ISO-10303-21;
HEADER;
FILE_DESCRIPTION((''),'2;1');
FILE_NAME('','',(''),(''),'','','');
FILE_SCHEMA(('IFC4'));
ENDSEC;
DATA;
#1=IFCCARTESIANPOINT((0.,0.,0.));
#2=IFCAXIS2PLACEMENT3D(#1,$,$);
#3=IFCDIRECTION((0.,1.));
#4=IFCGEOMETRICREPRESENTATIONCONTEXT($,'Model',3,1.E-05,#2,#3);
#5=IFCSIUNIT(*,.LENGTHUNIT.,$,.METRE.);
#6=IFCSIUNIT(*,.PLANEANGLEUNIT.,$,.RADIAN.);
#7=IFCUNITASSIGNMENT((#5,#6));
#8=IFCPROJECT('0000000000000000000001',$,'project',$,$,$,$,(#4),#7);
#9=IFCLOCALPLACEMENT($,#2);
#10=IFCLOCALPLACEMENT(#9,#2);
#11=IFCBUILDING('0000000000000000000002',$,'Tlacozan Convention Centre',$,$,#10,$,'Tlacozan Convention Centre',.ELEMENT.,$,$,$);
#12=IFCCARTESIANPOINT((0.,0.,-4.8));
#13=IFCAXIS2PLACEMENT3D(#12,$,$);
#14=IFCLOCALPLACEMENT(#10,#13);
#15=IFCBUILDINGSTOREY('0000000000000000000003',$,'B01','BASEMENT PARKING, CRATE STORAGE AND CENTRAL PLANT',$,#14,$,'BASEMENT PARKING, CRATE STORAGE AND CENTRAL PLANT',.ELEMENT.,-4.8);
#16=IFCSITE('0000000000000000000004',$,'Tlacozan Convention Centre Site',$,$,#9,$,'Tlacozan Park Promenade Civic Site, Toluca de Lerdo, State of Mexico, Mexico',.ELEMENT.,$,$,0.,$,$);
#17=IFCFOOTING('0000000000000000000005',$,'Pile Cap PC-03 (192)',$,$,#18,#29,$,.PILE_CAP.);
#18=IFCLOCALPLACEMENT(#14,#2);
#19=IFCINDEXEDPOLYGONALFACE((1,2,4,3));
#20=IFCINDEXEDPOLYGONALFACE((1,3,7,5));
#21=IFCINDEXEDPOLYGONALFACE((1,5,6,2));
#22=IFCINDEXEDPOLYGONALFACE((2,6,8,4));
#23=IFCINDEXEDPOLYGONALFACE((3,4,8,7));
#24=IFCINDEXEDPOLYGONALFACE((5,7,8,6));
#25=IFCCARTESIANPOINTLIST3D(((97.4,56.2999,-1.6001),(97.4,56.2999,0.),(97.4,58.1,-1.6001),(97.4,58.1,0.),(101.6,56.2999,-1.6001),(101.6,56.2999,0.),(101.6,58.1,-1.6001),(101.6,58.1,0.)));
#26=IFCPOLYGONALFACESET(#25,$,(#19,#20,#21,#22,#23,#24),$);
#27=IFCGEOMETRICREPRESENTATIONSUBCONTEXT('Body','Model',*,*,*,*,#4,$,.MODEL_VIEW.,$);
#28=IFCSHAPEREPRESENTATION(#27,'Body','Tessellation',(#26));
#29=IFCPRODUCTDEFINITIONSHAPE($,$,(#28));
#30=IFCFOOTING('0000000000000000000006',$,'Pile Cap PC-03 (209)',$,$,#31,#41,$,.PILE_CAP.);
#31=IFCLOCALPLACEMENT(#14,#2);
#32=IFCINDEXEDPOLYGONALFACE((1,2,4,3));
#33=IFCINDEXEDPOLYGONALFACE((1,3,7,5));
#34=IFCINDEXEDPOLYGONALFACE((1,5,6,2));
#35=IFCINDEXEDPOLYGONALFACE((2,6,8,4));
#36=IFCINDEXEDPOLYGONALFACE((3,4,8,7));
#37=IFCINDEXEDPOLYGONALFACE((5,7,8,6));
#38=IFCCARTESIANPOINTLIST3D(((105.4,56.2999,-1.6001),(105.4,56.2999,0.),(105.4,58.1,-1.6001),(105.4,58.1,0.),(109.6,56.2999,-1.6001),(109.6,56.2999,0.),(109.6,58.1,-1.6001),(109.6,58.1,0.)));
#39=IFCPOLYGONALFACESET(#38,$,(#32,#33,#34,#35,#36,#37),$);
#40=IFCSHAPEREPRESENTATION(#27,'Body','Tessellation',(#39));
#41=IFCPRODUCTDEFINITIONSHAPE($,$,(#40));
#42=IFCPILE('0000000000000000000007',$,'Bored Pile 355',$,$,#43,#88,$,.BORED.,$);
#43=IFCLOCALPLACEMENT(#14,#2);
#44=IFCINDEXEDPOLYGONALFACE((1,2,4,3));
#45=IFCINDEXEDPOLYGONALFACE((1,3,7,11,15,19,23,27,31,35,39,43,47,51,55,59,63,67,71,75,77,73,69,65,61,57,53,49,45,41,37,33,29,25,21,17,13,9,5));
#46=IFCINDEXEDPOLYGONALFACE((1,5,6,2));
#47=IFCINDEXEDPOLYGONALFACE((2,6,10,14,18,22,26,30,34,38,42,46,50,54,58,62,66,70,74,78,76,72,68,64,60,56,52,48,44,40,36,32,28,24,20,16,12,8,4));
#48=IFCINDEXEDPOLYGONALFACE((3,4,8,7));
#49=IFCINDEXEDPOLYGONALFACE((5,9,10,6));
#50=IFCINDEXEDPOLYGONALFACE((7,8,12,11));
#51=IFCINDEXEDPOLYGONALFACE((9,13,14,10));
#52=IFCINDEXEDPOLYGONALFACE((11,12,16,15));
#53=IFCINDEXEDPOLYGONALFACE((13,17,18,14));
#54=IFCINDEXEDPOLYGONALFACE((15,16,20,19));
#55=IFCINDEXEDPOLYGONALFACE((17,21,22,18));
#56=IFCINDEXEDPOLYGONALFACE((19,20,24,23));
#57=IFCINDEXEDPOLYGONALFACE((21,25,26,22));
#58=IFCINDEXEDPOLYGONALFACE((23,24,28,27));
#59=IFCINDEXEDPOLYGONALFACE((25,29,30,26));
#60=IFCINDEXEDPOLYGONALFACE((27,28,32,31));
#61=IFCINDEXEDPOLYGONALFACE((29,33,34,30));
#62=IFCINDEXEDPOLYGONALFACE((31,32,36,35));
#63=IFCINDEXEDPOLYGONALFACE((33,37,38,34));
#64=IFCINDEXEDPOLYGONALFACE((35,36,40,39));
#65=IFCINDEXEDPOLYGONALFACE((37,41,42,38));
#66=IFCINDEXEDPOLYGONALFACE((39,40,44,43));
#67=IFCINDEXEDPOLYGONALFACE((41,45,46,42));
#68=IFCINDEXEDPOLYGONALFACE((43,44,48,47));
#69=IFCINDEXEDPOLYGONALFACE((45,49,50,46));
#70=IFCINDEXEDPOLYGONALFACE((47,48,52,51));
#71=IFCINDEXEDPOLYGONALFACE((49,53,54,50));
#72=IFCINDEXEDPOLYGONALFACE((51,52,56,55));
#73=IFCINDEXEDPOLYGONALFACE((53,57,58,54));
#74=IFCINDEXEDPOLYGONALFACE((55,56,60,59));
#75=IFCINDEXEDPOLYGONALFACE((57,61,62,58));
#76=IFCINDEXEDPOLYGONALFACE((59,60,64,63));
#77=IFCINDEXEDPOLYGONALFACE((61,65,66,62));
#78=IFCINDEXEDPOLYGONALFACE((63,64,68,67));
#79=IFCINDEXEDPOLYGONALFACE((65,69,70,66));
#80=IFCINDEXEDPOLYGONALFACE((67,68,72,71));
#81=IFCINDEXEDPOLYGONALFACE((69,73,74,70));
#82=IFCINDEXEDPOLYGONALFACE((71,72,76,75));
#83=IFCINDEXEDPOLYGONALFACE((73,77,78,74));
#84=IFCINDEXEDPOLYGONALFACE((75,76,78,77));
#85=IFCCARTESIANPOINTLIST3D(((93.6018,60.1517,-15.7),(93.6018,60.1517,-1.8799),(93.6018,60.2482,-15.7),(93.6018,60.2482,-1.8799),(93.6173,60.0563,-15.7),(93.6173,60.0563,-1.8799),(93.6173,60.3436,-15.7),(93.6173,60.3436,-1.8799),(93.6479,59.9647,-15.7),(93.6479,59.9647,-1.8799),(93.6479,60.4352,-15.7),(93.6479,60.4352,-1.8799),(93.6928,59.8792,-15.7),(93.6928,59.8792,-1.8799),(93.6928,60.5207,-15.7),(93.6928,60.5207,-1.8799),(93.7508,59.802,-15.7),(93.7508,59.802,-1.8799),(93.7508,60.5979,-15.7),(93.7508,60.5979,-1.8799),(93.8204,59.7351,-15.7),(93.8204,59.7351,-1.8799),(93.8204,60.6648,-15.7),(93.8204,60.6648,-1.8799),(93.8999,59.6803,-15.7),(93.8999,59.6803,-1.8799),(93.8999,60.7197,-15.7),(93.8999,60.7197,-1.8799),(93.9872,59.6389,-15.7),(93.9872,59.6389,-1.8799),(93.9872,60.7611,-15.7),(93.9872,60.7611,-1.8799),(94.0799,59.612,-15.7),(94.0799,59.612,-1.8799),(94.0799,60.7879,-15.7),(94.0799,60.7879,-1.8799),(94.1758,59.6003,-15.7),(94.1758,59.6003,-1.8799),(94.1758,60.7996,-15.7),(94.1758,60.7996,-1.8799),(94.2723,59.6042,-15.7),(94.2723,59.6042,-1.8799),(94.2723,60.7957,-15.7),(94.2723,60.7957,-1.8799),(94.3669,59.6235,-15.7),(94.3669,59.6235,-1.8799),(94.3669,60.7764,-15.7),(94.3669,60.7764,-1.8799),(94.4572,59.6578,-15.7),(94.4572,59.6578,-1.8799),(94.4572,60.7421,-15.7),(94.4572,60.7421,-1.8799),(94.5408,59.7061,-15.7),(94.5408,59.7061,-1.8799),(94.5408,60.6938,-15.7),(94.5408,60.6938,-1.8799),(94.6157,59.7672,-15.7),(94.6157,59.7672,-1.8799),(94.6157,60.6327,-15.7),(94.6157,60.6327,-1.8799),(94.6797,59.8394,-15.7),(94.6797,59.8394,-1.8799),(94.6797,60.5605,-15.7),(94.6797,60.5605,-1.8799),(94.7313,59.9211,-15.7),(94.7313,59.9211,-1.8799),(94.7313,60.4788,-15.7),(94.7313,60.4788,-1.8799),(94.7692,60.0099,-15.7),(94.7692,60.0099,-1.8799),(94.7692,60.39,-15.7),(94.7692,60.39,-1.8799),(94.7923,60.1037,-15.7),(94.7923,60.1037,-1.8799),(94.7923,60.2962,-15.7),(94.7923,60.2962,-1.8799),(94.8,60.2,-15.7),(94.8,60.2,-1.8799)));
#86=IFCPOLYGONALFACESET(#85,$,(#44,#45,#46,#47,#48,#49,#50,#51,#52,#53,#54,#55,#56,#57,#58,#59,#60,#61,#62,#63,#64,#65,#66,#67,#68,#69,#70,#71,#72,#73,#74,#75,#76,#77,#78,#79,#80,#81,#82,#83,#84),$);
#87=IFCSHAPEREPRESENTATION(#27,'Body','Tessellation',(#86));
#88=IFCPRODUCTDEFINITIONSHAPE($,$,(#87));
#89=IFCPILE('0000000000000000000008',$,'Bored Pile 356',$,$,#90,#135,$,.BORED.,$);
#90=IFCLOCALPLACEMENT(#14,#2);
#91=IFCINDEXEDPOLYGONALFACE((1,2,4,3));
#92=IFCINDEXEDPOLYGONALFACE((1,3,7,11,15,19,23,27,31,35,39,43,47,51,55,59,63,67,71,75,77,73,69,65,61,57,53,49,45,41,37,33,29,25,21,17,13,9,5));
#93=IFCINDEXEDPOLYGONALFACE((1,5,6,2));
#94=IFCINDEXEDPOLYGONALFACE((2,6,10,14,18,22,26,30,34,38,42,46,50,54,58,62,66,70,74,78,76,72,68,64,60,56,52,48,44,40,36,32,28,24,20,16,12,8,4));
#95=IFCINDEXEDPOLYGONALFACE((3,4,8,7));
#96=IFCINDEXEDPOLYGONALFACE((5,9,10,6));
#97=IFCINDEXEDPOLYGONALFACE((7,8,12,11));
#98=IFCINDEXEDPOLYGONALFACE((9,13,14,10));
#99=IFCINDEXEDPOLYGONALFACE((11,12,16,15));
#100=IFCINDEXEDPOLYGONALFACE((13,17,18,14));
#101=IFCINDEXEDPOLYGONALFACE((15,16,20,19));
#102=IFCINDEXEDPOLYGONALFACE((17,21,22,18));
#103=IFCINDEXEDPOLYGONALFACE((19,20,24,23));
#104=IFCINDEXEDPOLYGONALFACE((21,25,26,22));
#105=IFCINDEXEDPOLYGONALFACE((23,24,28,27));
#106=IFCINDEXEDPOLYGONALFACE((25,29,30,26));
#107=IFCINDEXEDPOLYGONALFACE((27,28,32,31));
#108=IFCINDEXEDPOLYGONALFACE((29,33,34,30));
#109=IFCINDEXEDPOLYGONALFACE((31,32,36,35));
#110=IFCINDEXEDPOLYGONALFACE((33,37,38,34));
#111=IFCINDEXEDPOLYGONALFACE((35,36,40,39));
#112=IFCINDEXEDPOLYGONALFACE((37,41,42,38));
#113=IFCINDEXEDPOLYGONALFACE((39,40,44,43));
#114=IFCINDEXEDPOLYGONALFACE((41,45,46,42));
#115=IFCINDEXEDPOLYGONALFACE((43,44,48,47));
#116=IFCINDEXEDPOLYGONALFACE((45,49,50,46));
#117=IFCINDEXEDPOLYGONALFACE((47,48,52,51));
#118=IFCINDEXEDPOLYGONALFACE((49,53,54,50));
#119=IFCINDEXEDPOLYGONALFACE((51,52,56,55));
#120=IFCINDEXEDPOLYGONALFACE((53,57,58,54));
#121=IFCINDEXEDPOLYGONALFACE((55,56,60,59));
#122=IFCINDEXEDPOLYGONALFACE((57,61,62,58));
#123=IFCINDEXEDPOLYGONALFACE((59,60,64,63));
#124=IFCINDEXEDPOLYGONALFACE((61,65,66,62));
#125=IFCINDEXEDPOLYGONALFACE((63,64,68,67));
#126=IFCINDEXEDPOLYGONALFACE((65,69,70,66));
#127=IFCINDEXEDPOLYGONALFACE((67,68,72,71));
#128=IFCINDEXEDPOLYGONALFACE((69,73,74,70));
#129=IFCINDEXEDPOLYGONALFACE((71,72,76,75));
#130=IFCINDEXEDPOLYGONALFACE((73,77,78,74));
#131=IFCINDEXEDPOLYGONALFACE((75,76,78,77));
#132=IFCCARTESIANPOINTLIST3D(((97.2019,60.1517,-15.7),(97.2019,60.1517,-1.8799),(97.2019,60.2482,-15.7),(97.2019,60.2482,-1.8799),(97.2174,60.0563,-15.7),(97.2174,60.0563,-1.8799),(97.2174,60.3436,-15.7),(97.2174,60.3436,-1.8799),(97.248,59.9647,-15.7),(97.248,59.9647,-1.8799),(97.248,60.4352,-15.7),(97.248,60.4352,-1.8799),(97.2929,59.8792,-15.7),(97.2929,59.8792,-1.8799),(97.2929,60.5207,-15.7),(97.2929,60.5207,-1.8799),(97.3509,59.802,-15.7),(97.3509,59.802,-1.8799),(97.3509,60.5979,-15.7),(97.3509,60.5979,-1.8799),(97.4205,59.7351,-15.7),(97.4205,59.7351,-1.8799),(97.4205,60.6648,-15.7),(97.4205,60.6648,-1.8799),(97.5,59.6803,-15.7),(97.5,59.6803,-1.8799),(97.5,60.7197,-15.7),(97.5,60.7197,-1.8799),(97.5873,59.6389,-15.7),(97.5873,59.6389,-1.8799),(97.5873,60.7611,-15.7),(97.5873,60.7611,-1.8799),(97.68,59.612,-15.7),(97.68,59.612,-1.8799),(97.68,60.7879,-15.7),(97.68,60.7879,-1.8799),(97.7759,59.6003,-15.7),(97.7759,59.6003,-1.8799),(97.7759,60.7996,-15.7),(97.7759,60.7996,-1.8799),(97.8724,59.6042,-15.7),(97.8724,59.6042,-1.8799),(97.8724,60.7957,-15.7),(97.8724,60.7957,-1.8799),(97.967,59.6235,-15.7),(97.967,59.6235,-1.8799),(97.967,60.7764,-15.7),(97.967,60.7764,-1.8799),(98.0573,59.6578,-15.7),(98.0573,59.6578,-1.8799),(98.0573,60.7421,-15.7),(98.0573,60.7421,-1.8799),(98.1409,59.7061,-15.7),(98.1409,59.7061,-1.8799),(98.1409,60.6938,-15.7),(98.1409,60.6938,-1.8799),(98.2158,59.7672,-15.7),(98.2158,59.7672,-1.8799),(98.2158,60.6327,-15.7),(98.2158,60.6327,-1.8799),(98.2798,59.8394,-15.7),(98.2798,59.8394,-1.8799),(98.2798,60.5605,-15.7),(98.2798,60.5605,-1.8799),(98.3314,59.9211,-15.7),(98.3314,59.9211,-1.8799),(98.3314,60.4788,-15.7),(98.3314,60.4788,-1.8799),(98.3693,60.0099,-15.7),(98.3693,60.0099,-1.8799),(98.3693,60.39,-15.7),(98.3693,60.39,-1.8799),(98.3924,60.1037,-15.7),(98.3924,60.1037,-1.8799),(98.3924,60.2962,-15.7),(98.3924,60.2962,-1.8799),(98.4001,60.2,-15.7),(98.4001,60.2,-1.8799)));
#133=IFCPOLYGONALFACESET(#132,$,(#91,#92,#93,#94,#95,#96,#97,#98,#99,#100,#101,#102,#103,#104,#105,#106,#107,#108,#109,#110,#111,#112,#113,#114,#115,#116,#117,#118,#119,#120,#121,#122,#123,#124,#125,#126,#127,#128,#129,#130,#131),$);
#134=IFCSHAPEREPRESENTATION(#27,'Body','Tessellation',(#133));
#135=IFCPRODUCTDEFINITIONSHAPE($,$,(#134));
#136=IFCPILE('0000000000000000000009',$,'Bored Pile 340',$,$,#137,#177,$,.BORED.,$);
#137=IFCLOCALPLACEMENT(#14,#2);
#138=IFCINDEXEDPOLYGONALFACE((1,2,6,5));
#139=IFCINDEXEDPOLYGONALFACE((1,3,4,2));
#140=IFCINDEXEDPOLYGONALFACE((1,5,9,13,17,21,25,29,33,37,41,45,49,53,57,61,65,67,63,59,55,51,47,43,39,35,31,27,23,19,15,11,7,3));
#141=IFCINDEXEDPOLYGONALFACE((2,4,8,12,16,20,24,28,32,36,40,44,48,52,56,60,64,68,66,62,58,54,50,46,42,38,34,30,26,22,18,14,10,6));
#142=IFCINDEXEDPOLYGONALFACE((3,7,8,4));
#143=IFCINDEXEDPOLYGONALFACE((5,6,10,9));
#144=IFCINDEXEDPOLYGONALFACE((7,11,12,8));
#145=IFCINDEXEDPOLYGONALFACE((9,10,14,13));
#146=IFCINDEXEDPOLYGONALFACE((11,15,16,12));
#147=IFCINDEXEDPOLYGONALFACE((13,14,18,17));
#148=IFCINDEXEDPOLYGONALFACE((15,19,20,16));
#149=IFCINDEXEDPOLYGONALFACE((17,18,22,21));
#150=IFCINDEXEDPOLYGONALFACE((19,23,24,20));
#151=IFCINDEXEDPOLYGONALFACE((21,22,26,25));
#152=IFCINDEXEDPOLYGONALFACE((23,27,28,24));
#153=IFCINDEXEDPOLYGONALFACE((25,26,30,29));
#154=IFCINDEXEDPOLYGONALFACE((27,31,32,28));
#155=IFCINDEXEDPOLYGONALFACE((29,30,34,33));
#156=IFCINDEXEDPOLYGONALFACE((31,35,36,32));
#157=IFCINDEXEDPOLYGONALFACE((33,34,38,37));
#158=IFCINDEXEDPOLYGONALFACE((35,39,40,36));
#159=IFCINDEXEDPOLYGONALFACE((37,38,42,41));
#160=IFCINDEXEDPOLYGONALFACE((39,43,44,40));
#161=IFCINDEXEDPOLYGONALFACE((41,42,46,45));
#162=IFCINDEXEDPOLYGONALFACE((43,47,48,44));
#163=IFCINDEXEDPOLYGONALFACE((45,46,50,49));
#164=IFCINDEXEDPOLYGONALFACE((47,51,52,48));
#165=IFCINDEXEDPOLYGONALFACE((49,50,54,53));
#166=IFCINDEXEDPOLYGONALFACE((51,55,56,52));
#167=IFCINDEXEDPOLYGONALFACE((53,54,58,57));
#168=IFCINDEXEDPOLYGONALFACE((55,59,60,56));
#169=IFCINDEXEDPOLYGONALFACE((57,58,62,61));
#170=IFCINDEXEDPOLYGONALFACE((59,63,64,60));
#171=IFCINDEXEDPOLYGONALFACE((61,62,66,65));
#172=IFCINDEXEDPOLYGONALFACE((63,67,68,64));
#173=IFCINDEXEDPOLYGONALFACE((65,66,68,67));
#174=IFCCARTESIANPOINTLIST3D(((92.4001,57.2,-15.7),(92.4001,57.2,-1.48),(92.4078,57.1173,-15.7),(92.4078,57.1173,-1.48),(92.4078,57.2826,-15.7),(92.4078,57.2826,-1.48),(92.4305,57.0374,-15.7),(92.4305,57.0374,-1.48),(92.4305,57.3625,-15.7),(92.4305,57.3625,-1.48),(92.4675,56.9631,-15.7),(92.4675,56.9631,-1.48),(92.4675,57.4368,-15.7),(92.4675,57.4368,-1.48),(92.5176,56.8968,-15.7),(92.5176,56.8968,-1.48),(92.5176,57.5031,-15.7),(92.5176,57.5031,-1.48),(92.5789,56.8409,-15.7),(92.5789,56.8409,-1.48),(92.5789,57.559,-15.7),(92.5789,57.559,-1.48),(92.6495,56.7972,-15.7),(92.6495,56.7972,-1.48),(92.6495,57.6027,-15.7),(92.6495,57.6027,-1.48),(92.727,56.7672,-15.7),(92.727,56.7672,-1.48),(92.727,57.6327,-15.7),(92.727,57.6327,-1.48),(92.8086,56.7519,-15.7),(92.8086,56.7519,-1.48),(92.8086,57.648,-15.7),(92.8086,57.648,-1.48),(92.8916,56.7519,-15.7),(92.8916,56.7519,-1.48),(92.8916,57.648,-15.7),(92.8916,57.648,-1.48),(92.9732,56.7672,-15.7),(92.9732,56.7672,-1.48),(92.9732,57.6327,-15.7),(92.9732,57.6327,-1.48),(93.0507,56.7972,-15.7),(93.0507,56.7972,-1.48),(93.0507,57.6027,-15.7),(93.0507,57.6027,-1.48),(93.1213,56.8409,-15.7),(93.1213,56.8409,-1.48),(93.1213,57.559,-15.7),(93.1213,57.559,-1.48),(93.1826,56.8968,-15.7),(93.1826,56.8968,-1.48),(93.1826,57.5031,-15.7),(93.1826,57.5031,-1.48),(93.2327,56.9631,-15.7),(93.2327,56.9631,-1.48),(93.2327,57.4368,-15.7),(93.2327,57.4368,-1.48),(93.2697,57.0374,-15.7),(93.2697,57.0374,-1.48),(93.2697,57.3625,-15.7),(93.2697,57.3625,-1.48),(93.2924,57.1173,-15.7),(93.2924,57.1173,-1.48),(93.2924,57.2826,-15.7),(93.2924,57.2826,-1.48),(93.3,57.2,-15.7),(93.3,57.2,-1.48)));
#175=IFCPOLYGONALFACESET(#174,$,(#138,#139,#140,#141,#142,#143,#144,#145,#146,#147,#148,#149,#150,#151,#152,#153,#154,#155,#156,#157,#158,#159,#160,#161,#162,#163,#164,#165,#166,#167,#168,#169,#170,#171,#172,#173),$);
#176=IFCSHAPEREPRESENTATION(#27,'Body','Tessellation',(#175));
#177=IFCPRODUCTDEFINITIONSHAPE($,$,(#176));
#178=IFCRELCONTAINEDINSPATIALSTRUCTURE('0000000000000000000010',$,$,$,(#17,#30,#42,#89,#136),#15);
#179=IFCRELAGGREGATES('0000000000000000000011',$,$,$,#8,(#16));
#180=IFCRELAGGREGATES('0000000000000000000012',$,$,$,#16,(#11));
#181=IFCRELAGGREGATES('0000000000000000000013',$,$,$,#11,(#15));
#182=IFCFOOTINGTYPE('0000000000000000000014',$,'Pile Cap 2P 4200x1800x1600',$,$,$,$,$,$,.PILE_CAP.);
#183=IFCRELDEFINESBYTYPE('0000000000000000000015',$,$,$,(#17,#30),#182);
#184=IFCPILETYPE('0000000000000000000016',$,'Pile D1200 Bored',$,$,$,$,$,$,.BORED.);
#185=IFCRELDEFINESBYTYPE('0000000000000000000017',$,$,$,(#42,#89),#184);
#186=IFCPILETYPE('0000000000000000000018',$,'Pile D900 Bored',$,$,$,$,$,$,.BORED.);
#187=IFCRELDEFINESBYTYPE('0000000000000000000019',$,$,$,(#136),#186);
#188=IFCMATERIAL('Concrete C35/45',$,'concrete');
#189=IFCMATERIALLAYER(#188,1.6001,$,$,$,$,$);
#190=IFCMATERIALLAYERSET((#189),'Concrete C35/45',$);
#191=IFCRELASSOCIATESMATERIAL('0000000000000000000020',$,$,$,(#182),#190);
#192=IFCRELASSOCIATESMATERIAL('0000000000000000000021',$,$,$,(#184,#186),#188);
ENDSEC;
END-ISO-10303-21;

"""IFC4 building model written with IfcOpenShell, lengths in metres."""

from ifc_helpers import new_model, si_unit, direction, frame, origin, origin_2d, place, context, subcontext, project, spatial, rectangle, circle, extrude, material, layer, layer_set, material_profile, profile_set, type_object, element, save


model = new_model("IFC4")

# Units and contexts
model_context = context("Model", 3, precision=1e-05, world=origin(), true_north=direction((0.0, 1.0)))
body_context = subcontext(model_context, "Body", "Model", "MODEL_VIEW")
ifc_project = project(units=[si_unit("LENGTHUNIT", "METRE"), si_unit("PLANEANGLEUNIT", "RADIAN")], contexts=[model_context])

# Site, building, storey
site_placement = place(None, origin())
site = spatial("IfcSite", under=ifc_project, at=site_placement, Name="Tlacozan Convention Centre Site", LongName="Tlacozan Park Promenade Civic Site, Toluca de Lerdo, State of Mexico, Mexico", CompositionType="ELEMENT", RefElevation=0.0)
building_placement = place(site_placement, origin())
building = spatial("IfcBuilding", under=site, at=building_placement, Name="Tlacozan Convention Centre", LongName="Tlacozan Convention Centre", CompositionType="ELEMENT")
storey_placement = place(building_placement, frame((0.0, 0.0, -4.8)))
storey = spatial("IfcBuildingStorey", under=building, at=storey_placement, Name="B01", Description="BASEMENT PARKING, CRATE STORAGE AND CENTRAL PLANT", LongName="BASEMENT PARKING, CRATE STORAGE AND CENTRAL PLANT", CompositionType="ELEMENT", Elevation=-4.8)

# Footings
ifc_material_1 = material(Name="Concrete C35/45", Category="concrete")
ifc_layer_1 = layer(ifc_material_1, 1.6001)
ifc_layer_set_1 = layer_set([ifc_layer_1], Name="Concrete C35/45")
footing_type = type_object("IfcFootingType", Name="Pile Cap 2P 4200x1800x1600", PredefinedType="PILE_CAP", material=ifc_layer_set_1)
for number, where, z_axis, x_axis, name in (
    (1, (99.5, 57.2, -1.6001), (0.0, 0.0, 1.0), (1.0, 0.0, 0.0), "Pile Cap PC-03 (192)"),
    (2, (107.5, 57.2, -1.6001), (0.0, 0.0, 1.0), (1.0, 0.0, 0.0), "Pile Cap PC-03 (209)"),
):
    element("IfcFooting", number, at=place(storey_placement, frame(where, z_axis=z_axis, x_axis=x_axis)), inside=storey, type_object=footing_type, Name=name, PredefinedType="PILE_CAP", context=body_context, shape_type="SweptSolid", body=[
        extrude(rectangle(XDim=4.2, YDim=1.8, at=origin_2d()), origin(), (0.0, 0.0, 1.0), 1.6001),
    ])

# Piles
ifc_material_profile_1 = material_profile(ifc_material_1, circle(Radius=0.6001, at=origin_2d()), Name="PILE D1200")
ifc_profile_set_1 = profile_set([ifc_material_profile_1], Name="Concrete C35/45")
pile_type_1 = type_object("IfcPileType", Name="Pile D1200 Bored", PredefinedType="BORED", material=ifc_profile_set_1)
for number, where, z_axis, x_axis, name in (
    (3, (94.2, 60.2, -1.8799), (0.0, 0.0, -1.0), (1.0, 0.0, 0.0), "Bored Pile 355"),
    (4, (97.8, 60.2, -1.8799), (0.0, 0.0, -1.0), (1.0, 0.0, 0.0), "Bored Pile 356"),
):
    element("IfcPile", number, at=place(storey_placement, frame(where, z_axis=z_axis, x_axis=x_axis)), inside=storey, type_object=pile_type_1, Name=name, PredefinedType="BORED", context=body_context, shape_type="SweptSolid", body=[
        extrude(circle(Radius=0.6001, at=origin_2d()), origin(), (0.0, 0.0, 1.0), 13.8201),
    ])
ifc_material_profile_2 = material_profile(ifc_material_1, circle(Radius=0.45, at=origin_2d()), Name="PILE D900")
ifc_profile_set_2 = profile_set([ifc_material_profile_2], Name="Concrete C35/45")
pile_type_2 = type_object("IfcPileType", Name="Pile D900 Bored", PredefinedType="BORED", material=ifc_profile_set_2)
for number, where, z_axis, x_axis, name in (
    (5, (92.8501, 57.2, -1.48), (0.0, 0.0, -1.0), (1.0, 0.0, 0.0), "Bored Pile 340"),
):
    element("IfcPile", number, at=place(storey_placement, frame(where, z_axis=z_axis, x_axis=x_axis)), inside=storey, type_object=pile_type_2, Name=name, PredefinedType="BORED", context=body_context, shape_type="SweptSolid", body=[
        extrude(circle(Radius=0.45, at=origin_2d()), origin(), (0.0, 0.0, 1.0), 14.22),
    ])

save(model, "model.ifc")
